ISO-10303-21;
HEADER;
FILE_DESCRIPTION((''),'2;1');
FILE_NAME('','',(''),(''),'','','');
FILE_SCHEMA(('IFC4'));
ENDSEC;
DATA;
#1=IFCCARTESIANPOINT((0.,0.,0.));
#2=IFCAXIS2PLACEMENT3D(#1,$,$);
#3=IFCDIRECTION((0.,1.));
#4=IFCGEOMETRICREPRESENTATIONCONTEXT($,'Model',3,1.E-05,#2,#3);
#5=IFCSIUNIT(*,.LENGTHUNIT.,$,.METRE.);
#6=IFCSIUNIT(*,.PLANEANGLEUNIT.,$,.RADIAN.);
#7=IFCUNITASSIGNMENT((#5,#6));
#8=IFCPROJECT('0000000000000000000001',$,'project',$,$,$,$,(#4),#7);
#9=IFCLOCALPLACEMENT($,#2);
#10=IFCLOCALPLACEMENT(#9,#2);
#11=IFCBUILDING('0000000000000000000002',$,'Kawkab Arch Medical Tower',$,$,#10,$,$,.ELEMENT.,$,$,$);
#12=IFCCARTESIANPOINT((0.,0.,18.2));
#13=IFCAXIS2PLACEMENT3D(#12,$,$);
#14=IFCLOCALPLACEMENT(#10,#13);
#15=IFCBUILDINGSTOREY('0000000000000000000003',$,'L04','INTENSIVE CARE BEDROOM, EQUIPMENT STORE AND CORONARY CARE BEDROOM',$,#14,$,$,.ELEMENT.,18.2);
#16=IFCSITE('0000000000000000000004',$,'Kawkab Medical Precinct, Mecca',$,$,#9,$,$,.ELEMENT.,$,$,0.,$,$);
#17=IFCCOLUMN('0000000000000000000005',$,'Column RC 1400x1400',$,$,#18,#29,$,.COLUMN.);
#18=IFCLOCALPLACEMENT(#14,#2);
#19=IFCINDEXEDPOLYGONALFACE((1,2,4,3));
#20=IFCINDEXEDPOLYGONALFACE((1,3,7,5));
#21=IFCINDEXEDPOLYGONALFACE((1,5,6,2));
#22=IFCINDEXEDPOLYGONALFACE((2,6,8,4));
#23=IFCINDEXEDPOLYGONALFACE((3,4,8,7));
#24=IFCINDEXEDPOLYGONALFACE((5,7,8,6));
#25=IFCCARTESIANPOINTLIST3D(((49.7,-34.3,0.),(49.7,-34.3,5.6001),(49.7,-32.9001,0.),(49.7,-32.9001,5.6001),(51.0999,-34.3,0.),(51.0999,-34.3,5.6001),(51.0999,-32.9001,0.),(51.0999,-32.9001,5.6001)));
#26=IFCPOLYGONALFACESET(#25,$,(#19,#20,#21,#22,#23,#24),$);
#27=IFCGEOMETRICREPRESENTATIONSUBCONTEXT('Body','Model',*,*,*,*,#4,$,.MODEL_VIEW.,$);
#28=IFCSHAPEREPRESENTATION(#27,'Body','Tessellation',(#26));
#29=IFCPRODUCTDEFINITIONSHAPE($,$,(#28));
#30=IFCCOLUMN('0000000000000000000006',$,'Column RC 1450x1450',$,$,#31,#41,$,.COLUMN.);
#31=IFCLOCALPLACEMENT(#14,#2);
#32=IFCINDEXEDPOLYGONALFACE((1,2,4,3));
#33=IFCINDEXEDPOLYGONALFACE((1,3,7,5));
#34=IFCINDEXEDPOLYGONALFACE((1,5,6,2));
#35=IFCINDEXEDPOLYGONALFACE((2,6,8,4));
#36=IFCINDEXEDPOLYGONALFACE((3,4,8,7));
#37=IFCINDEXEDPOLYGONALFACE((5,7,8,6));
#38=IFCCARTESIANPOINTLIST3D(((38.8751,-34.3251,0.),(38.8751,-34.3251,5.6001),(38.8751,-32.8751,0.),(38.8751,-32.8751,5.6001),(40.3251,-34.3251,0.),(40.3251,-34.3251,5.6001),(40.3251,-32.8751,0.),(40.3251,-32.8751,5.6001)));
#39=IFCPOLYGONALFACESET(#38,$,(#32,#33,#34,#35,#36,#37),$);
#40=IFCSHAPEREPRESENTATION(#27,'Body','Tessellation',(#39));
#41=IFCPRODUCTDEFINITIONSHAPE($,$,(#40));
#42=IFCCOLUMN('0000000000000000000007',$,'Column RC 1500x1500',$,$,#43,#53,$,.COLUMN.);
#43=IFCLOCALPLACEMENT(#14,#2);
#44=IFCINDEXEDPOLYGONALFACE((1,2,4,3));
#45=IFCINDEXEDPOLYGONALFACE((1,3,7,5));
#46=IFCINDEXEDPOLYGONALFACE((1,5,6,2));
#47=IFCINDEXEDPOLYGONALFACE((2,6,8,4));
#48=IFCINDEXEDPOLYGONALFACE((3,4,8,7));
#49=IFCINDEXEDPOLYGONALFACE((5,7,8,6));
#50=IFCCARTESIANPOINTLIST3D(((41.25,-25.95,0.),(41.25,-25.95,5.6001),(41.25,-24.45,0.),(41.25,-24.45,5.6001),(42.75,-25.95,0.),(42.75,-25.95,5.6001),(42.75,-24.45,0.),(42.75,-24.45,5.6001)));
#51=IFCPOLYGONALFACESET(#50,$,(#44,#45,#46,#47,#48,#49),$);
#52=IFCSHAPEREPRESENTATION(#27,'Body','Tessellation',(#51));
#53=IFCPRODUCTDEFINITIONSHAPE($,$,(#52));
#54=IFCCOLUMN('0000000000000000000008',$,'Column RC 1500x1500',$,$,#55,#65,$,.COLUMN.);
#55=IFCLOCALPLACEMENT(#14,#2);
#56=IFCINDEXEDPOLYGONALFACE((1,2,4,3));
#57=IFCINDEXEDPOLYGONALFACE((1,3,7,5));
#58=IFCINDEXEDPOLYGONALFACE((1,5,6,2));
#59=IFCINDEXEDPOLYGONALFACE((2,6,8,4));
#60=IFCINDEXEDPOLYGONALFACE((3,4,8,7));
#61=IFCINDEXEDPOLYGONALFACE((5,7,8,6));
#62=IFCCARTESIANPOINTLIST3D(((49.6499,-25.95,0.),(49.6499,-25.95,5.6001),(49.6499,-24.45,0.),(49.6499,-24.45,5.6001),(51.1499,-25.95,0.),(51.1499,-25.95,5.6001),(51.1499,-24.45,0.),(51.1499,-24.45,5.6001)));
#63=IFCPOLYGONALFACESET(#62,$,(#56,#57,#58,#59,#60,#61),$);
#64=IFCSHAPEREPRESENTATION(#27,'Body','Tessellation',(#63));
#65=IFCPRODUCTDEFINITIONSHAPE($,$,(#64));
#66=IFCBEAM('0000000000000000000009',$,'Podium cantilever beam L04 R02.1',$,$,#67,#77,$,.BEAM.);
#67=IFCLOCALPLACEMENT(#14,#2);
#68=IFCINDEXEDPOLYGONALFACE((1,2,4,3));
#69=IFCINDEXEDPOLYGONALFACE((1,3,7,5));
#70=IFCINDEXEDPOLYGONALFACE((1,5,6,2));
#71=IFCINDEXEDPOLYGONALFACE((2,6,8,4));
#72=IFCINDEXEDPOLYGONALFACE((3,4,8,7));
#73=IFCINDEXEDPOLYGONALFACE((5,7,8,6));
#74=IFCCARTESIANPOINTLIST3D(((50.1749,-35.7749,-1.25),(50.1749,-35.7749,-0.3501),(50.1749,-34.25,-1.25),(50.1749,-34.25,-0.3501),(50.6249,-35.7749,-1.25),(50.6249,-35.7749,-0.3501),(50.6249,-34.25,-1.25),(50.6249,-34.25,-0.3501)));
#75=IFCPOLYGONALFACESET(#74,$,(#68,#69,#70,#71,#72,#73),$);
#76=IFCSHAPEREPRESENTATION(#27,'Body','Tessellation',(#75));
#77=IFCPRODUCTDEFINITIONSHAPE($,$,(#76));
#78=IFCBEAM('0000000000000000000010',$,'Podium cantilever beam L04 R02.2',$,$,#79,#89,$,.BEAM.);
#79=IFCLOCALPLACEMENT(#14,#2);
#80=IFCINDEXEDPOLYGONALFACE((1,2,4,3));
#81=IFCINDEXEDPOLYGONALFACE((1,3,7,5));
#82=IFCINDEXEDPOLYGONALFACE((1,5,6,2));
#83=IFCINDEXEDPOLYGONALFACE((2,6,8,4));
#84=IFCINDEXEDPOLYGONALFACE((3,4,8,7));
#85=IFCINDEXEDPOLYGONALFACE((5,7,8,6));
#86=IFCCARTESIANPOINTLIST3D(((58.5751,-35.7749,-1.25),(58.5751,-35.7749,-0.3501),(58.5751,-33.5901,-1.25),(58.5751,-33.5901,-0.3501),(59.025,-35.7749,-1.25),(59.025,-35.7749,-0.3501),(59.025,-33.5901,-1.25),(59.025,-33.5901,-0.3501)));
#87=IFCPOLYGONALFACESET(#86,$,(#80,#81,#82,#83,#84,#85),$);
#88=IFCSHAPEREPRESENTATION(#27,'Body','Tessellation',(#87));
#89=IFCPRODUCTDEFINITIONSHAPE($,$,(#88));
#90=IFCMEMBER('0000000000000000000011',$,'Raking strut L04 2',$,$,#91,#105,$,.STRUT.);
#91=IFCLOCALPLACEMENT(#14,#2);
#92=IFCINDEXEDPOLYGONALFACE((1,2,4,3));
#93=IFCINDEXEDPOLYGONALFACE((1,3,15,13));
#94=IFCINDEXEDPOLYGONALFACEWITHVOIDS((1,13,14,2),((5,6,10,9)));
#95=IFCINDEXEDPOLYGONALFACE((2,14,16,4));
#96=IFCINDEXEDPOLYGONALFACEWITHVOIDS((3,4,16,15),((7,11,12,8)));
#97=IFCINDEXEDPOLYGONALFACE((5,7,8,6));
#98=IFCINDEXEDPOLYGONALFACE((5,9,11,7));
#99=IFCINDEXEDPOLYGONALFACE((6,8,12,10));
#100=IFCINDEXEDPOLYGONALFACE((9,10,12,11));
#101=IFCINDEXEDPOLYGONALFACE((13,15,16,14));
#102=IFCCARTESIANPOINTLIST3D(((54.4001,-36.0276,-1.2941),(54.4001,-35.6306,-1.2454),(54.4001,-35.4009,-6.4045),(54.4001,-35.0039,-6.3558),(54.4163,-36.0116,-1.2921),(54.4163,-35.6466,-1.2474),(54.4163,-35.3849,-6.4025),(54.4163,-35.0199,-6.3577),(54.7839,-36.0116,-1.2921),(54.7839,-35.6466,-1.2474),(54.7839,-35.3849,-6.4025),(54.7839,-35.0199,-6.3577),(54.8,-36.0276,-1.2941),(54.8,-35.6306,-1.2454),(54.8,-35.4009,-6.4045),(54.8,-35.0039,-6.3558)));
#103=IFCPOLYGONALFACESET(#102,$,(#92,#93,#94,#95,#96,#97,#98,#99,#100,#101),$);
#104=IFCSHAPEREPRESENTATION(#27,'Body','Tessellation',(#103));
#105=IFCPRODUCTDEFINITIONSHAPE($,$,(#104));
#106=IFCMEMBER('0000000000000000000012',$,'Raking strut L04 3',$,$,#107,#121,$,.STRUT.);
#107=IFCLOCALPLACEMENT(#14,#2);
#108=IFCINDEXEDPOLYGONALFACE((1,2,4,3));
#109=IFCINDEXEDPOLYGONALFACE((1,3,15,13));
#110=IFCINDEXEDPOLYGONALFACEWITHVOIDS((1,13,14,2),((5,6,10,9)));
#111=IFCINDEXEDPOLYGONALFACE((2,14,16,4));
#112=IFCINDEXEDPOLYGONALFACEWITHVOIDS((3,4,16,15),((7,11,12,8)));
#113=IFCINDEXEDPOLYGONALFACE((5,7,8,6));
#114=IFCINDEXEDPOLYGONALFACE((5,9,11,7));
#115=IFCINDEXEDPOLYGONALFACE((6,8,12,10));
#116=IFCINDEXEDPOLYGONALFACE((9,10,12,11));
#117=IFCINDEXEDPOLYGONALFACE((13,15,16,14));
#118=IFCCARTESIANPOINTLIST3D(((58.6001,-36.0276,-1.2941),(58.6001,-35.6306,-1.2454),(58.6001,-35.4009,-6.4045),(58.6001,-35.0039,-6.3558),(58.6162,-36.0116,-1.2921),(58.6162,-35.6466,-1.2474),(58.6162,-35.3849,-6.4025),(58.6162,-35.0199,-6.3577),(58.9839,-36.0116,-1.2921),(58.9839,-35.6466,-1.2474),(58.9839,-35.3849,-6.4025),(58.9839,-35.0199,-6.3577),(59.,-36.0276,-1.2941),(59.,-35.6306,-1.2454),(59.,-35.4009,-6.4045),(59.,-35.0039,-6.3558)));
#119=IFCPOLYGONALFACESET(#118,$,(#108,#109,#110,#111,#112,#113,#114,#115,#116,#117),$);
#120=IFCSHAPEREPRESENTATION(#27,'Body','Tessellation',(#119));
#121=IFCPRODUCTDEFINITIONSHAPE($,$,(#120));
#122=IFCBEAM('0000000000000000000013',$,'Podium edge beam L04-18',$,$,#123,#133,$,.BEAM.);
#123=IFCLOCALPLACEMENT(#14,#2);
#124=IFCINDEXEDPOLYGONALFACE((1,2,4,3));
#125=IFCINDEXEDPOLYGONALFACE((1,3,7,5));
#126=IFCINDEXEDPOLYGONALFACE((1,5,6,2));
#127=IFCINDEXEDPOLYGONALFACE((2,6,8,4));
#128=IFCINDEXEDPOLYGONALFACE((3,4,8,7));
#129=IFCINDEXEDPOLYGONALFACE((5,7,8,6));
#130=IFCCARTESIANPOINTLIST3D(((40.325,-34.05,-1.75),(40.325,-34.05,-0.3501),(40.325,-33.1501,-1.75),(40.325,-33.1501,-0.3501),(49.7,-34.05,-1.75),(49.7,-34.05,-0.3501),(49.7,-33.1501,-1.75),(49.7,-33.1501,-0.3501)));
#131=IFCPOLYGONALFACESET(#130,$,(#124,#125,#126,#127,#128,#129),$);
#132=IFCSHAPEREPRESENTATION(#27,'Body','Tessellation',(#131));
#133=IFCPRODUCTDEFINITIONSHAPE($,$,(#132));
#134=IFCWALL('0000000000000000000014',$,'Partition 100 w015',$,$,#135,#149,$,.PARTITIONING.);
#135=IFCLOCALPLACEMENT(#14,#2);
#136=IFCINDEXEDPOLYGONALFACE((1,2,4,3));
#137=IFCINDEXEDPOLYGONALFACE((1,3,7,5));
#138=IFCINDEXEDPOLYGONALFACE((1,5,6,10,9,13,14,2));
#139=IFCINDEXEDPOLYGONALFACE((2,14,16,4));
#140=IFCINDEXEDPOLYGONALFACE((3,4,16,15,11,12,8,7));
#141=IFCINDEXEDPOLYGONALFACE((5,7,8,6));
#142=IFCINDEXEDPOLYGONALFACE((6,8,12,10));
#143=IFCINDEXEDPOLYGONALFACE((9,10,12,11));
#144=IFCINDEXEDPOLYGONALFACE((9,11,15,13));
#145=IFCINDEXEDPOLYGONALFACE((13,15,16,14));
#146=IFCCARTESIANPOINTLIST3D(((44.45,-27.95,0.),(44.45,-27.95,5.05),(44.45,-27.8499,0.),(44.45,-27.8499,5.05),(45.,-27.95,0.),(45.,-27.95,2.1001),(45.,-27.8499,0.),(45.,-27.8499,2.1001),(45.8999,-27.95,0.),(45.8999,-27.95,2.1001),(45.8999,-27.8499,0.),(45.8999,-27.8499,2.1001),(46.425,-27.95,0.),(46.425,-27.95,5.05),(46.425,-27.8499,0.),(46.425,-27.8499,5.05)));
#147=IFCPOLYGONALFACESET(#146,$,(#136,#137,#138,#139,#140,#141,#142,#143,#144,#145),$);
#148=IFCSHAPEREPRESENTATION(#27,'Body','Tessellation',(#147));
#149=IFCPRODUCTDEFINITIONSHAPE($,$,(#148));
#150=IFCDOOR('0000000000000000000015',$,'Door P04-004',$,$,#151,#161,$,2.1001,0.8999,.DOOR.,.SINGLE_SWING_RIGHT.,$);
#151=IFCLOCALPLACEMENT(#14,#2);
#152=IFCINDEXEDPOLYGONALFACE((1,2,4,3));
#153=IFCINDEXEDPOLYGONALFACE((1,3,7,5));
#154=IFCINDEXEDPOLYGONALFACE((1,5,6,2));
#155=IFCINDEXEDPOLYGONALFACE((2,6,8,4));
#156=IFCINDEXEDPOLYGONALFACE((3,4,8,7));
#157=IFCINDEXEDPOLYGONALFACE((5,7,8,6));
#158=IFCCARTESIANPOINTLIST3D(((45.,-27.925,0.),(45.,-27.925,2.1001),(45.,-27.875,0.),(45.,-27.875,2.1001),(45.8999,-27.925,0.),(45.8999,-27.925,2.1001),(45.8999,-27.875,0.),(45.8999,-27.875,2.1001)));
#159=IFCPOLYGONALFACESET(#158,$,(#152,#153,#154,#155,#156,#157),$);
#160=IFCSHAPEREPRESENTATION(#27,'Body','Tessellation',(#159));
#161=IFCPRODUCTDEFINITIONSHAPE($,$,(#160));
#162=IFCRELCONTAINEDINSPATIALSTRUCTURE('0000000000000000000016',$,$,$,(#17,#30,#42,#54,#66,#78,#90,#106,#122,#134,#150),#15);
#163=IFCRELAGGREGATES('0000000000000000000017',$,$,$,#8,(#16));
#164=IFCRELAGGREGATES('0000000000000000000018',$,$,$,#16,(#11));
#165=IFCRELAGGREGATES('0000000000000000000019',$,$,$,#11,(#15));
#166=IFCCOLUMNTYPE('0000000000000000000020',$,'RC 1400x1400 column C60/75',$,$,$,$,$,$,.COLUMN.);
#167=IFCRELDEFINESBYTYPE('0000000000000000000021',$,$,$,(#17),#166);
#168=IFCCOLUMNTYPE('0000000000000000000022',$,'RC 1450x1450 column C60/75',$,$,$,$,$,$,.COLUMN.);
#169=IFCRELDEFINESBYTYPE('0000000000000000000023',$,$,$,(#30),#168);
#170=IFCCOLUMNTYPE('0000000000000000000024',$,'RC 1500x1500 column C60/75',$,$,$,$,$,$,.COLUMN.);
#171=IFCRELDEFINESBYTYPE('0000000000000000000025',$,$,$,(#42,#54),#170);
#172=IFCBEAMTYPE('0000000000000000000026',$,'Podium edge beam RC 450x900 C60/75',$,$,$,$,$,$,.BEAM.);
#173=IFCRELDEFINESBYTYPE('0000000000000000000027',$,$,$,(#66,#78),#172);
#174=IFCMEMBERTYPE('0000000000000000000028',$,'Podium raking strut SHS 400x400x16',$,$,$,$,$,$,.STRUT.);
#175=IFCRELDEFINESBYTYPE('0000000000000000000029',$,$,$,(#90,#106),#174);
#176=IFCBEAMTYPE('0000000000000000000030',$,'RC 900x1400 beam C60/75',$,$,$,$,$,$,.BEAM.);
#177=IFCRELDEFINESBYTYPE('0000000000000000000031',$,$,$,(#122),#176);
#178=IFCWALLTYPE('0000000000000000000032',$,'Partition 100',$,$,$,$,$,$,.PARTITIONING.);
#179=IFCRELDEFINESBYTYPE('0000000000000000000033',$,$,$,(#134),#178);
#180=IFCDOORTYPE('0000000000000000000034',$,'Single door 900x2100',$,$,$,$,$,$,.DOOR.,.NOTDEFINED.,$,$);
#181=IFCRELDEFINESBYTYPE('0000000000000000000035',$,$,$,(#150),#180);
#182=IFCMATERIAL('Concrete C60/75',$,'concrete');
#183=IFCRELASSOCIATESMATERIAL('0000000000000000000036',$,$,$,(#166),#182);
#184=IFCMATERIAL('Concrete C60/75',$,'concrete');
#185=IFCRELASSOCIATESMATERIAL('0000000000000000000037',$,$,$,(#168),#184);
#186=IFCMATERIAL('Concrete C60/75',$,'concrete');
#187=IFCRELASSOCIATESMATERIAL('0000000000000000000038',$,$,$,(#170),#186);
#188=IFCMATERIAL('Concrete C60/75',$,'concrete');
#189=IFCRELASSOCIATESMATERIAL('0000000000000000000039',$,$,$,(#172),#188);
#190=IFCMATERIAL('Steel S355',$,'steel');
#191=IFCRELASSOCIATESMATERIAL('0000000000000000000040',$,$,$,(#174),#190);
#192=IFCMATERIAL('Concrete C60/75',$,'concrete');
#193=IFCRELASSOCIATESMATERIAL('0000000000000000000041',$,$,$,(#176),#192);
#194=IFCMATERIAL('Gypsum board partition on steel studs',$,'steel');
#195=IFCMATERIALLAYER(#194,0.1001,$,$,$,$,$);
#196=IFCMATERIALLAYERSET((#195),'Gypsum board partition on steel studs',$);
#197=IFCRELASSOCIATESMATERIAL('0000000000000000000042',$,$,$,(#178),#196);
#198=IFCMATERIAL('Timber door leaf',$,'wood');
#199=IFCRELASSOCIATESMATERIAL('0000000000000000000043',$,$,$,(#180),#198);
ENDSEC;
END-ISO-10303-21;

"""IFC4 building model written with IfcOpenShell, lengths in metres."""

from ifc_helpers import new_model, si_unit, direction, frame, frame_2d, origin, origin_2d, place, context, subcontext, project, spatial, rectangle, hollow_rectangle, extrude, material, layer, layer_set, material_profile, profile_set, type_object, element, fill, save


model = new_model("IFC4")

# Units and contexts
model_context = context("Model", 3, precision=1e-05, world=origin(), true_north=direction((0.0, 1.0)))
body_context = subcontext(model_context, "Body", "Model", "MODEL_VIEW")
ifc_project = project(units=[si_unit("LENGTHUNIT", "METRE"), si_unit("PLANEANGLEUNIT", "RADIAN")], contexts=[model_context])

# Site, building, storey
site_placement = place(None, origin())
site = spatial("IfcSite", under=ifc_project, at=site_placement, Name="Kawkab Medical Precinct, Mecca", CompositionType="ELEMENT", RefElevation=0.0)
building_placement = place(site_placement, origin())
building = spatial("IfcBuilding", under=site, at=building_placement, Name="Kawkab Arch Medical Tower", CompositionType="ELEMENT")
storey_placement = place(building_placement, frame((0.0, 0.0, 18.2)))
storey = spatial("IfcBuildingStorey", under=building, at=storey_placement, Name="L04", Description="INTENSIVE CARE BEDROOM, EQUIPMENT STORE AND CORONARY CARE BEDROOM", CompositionType="ELEMENT", Elevation=18.2)

# Columns
ifc_material_1 = material(Name="Concrete C60/75", Category="concrete")
ifc_material_profile_1 = material_profile(ifc_material_1, rectangle(XDim=1.3999, YDim=1.3999, at=origin_2d()), Name="RC 1400x1400")
ifc_profile_set_1 = profile_set([ifc_material_profile_1], Name="Concrete C60/75")
column_type_1 = type_object("IfcColumnType", Name="RC 1400x1400 column C60/75", PredefinedType="COLUMN", material=ifc_profile_set_1)
column_1_placement = place(storey_placement, frame((50.3999, -33.6001, 0.0), z_axis=(0.0, 0.0, 1.0), x_axis=(1.0, 0.0, 0.0)))
element("IfcColumn", 1, at=column_1_placement, inside=storey, type_object=column_type_1, Name="Column RC 1400x1400", PredefinedType="COLUMN", context=body_context, shape_type="SweptSolid", body=[
    extrude(rectangle(XDim=1.3999, YDim=1.3999, at=origin_2d()), origin(), (0.0, 0.0, 1.0), 5.6001),
])
ifc_material_2 = material(Name="Concrete C60/75", Category="concrete")
ifc_material_profile_2 = material_profile(ifc_material_2, rectangle(XDim=1.45, YDim=1.45, at=origin_2d()), Name="RC 1450x1450")
ifc_profile_set_2 = profile_set([ifc_material_profile_2], Name="Concrete C60/75")
column_type_2 = type_object("IfcColumnType", Name="RC 1450x1450 column C60/75", PredefinedType="COLUMN", material=ifc_profile_set_2)
column_2_placement = place(storey_placement, frame((39.6001, -33.6001, 0.0), z_axis=(0.0, 0.0, 1.0), x_axis=(1.0, 0.0, 0.0)))
element("IfcColumn", 2, at=column_2_placement, inside=storey, type_object=column_type_2, Name="Column RC 1450x1450", PredefinedType="COLUMN", context=body_context, shape_type="SweptSolid", body=[
    extrude(rectangle(XDim=1.45, YDim=1.45, at=origin_2d()), origin(), (0.0, 0.0, 1.0), 5.6001),
])
ifc_material_3 = material(Name="Concrete C60/75", Category="concrete")
ifc_material_profile_3 = material_profile(ifc_material_3, rectangle(XDim=1.5, YDim=1.5, at=origin_2d()), Name="RC 1500x1500")
ifc_profile_set_3 = profile_set([ifc_material_profile_3], Name="Concrete C60/75")
column_type_3 = type_object("IfcColumnType", Name="RC 1500x1500 column C60/75", PredefinedType="COLUMN", material=ifc_profile_set_3)
for number, where, z_axis, x_axis, name in (
    (3, (42.0, -25.2, 0.0), (0.0, 0.0, 1.0), (1.0, 0.0, 0.0), "Column RC 1500x1500"),
    (4, (50.3999, -25.2, 0.0), (0.0, 0.0, 1.0), (1.0, 0.0, 0.0), "Column RC 1500x1500"),
):
    element("IfcColumn", number, at=place(storey_placement, frame(where, z_axis=z_axis, x_axis=x_axis)), inside=storey, type_object=column_type_3, Name=name, PredefinedType="COLUMN", context=body_context, shape_type="SweptSolid", body=[
        extrude(rectangle(XDim=1.5, YDim=1.5, at=origin_2d()), origin(), (0.0, 0.0, 1.0), 5.6001),
    ])

# Beams
ifc_material_4 = material(Name="Concrete C60/75", Category="concrete")
ifc_material_profile_4 = material_profile(ifc_material_4, rectangle(XDim=0.45, YDim=0.8999, at=origin_2d()), Name="RC 450x900")
ifc_profile_set_4 = profile_set([ifc_material_profile_4], Name="Concrete C60/75")
beam_type_1 = type_object("IfcBeamType", Name="Podium edge beam RC 450x900 C60/75", PredefinedType="BEAM", material=ifc_profile_set_4)
beam_1_placement = place(storey_placement, frame((50.3999, -34.25, -0.8), z_axis=(0.0, -1.0, 0.0), x_axis=(1.0, 0.0, 0.0)))
element("IfcBeam", 5, at=beam_1_placement, inside=storey, type_object=beam_type_1, Name="Podium cantilever beam L04 R02.1", PredefinedType="BEAM", context=body_context, shape_type="SweptSolid", body=[
    extrude(rectangle(XDim=0.45, YDim=0.8999, at=origin_2d()), origin(), (0.0, 0.0, 1.0), 1.5249),
])
beam_2_placement = place(storey_placement, frame((58.8, -33.5901, -0.8), z_axis=(0.0, -1.0, 0.0), x_axis=(1.0, 0.0, 0.0)))
element("IfcBeam", 6, at=beam_2_placement, inside=storey, type_object=beam_type_1, Name="Podium cantilever beam L04 R02.2", PredefinedType="BEAM", context=body_context, shape_type="SweptSolid", body=[
    extrude(rectangle(XDim=0.45, YDim=0.8999, at=origin_2d()), origin(), (0.0, 0.0, 1.0), 2.1848),
])

# Members
ifc_material_5 = material(Name="Steel S355", Category="steel")
ifc_material_profile_5 = material_profile(ifc_material_5, hollow_rectangle(XDim=0.3999, YDim=0.3999, WallThickness=0.0161, at=origin_2d()), Name="SHS 400x400x16")
ifc_profile_set_5 = profile_set([ifc_material_profile_5], Name="Steel S355")
member_type = type_object("IfcMemberType", Name="Podium raking strut SHS 400x400x16", PredefinedType="STRUT", material=ifc_profile_set_5)
for number, where, z_axis, x_axis, name in (
    (7, (54.6001, -35.2024, -6.3801), (0.0, -0.121723, 0.992564), (1.0, 0.0, 0.0), "Raking strut L04 2"),
    (8, (58.8, -35.2024, -6.3801), (0.0, -0.121723, 0.992564), (1.0, 0.0, 0.0), "Raking strut L04 3"),
):
    element("IfcMember", number, at=place(storey_placement, frame(where, z_axis=z_axis, x_axis=x_axis)), inside=storey, type_object=member_type, Name=name, PredefinedType="STRUT", context=body_context, shape_type="SweptSolid", body=[
        extrude(hollow_rectangle(XDim=0.3999, YDim=0.3999, WallThickness=0.0161, at=origin_2d()), origin(), (0.0, 0.0, 1.0), 5.1487),
    ])

# Beam
ifc_material_6 = material(Name="Concrete C60/75", Category="concrete")
ifc_material_profile_6 = material_profile(ifc_material_6, rectangle(XDim=0.8999, YDim=1.3999, at=origin_2d()), Name="RC 900x1400")
ifc_profile_set_6 = profile_set([ifc_material_profile_6], Name="Concrete C60/75")
beam_type_2 = type_object("IfcBeamType", Name="RC 900x1400 beam C60/75", PredefinedType="BEAM", material=ifc_profile_set_6)
beam_3_placement = place(storey_placement, frame((40.325, -33.6001, -1.05), z_axis=(1.0, 0.0, 0.0), x_axis=(0.0, 1.0, 0.0)))
element("IfcBeam", 9, at=beam_3_placement, inside=storey, type_object=beam_type_2, Name="Podium edge beam L04-18", PredefinedType="BEAM", context=body_context, shape_type="SweptSolid", body=[
    extrude(rectangle(XDim=0.8999, YDim=1.3999, at=origin_2d()), origin(), (0.0, 0.0, 1.0), 9.375),
])

# Wall, opening, door
ifc_material_7 = material(Name="Gypsum board partition on steel studs", Category="steel")
ifc_layer_1 = layer(ifc_material_7, 0.1001)
ifc_layer_set_1 = layer_set([ifc_layer_1], Name="Gypsum board partition on steel studs")
wall_type_1 = type_object("IfcWallType", Name="Partition 100", PredefinedType="PARTITIONING", material=ifc_layer_set_1)
wall_1_placement = place(storey_placement, frame((44.45, -27.8999, 0.0), z_axis=(0.0, 0.0, 1.0), x_axis=(1.0, 0.0, 0.0)))
wall_1 = element("IfcWall", 10, at=wall_1_placement, inside=storey, type_object=wall_type_1, Name="Partition 100 w015", PredefinedType="PARTITIONING", context=body_context, shape_type="SweptSolid", body=[
    extrude(rectangle(XDim=1.9751, YDim=0.1001, at=frame_2d((0.9875, 0.0))), origin(), (0.0, 0.0, 1.0), 5.05),
])
opening_1_placement = place(wall_1_placement, frame((0.55, 0.0, 0.0)))
opening_1 = element("IfcOpeningElement", 11, at=opening_1_placement, cuts=wall_1, PredefinedType="OPENING", context=body_context, shape_type="SweptSolid", body=[
    extrude(rectangle(XDim=0.8999, YDim=2.1001, at=frame_2d((0.45, 1.05))), frame((0.0, 0.0601, 0.0), z_axis=(0.0, -1.0, 0.0), x_axis=(1.0, 0.0, 0.0)), (0.0, 0.0, 1.0), 0.1201),
])
ifc_material_8 = material(Name="Timber door leaf", Category="wood")
door_type_1 = type_object("IfcDoorType", Name="Single door 900x2100", OperationType="NOTDEFINED", PredefinedType="DOOR", material=ifc_material_8)
door_1_placement = place(opening_1_placement, origin())
door_1 = element("IfcDoor", 12, at=door_1_placement, inside=storey, type_object=door_type_1, Name="Door P04-004", OperationType="SINGLE_SWING_RIGHT", OverallHeight=2.1001, OverallWidth=0.8999, PredefinedType="DOOR", context=body_context, shape_type="SweptSolid", body=[
    extrude(rectangle(XDim=0.8999, YDim=2.1001, at=frame_2d((0.45, 1.05))), frame((0.0, 0.0249, 0.0), z_axis=(0.0, -1.0, 0.0), x_axis=(1.0, 0.0, 0.0)), (0.0, 0.0, 1.0), 0.05),
])
fill(opening_1, door_1)

save(model, "model.ifc")
